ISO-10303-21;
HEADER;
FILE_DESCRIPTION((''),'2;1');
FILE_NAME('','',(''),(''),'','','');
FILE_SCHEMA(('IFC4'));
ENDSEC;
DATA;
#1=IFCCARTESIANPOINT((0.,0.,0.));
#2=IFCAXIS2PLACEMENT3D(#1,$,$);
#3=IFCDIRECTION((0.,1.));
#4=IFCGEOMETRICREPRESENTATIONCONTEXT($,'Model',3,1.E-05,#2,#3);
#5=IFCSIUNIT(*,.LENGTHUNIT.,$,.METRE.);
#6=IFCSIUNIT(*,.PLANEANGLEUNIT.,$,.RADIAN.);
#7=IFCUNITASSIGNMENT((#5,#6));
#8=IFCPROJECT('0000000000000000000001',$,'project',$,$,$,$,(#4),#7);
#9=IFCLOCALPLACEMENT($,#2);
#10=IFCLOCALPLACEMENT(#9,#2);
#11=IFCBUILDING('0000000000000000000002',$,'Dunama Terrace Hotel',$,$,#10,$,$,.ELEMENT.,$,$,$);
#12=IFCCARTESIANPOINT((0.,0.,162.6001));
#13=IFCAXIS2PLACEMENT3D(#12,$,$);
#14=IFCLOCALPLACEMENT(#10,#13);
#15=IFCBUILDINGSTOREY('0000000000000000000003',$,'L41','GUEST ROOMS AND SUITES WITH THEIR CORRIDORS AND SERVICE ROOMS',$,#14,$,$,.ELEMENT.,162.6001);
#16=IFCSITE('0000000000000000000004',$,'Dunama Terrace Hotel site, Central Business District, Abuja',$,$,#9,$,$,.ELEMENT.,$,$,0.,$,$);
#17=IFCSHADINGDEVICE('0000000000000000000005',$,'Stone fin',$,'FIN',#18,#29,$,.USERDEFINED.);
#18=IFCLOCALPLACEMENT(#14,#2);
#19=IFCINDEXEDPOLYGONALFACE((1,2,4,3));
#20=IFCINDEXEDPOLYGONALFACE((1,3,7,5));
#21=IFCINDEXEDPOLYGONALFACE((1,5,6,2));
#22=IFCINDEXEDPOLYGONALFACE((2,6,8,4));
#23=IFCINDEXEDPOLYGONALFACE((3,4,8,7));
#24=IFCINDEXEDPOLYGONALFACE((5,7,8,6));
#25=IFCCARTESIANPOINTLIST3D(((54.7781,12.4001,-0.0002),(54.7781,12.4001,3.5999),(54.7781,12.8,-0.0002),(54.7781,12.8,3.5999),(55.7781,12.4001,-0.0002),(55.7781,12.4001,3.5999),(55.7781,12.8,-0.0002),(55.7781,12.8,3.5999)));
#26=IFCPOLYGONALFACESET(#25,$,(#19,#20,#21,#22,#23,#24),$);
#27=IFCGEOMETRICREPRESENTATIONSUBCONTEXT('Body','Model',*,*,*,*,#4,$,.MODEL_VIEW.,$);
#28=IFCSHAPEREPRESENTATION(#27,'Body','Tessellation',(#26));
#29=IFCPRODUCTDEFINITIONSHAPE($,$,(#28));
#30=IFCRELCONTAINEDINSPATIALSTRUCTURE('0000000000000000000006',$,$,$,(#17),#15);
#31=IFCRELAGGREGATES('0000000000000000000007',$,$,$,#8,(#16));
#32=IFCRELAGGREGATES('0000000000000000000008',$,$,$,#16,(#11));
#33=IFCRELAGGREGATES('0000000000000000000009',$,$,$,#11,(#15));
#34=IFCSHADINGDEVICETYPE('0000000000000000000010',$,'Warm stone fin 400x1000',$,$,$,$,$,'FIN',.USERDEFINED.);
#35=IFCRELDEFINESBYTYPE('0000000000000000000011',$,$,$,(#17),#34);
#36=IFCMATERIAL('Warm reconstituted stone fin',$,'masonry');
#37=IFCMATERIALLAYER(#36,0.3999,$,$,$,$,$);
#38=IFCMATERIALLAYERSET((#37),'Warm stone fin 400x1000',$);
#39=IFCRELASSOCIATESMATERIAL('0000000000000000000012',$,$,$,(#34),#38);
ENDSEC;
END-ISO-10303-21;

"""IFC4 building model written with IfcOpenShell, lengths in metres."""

from ifc_helpers import new_model, si_unit, direction, frame, origin, origin_2d, place, context, subcontext, project, spatial, rectangle, extrude, material, layer, layer_set, type_object, element, save


model = new_model("IFC4")

# Units and contexts
model_context = context("Model", 3, precision=1e-05, world=origin(), true_north=direction((0.0, 1.0)))
body_context = subcontext(model_context, "Body", "Model", "MODEL_VIEW")
ifc_project = project(units=[si_unit("LENGTHUNIT", "METRE"), si_unit("PLANEANGLEUNIT", "RADIAN")], contexts=[model_context])

# Site, building, storey
site_placement = place(None, origin())
site = spatial("IfcSite", under=ifc_project, at=site_placement, Name="Dunama Terrace Hotel site, Central Business District, Abuja", CompositionType="ELEMENT", RefElevation=0.0)
building_placement = place(site_placement, origin())
building = spatial("IfcBuilding", under=site, at=building_placement, Name="Dunama Terrace Hotel", CompositionType="ELEMENT")
storey_placement = place(building_placement, frame((0.0, 0.0, 162.6001)))
storey = spatial("IfcBuildingStorey", under=building, at=storey_placement, Name="L41", Description="GUEST ROOMS AND SUITES WITH THEIR CORRIDORS AND SERVICE ROOMS", CompositionType="ELEMENT", Elevation=162.6001)

# Shading device
ifc_material_1 = material(Name="Warm reconstituted stone fin", Category="masonry")
ifc_layer_1 = layer(ifc_material_1, 0.3999)
ifc_layer_set_1 = layer_set([ifc_layer_1], Name="Warm stone fin 400x1000")
shading_device_type = type_object("IfcShadingDeviceType", Name="Warm stone fin 400x1000", ElementType="FIN", PredefinedType="USERDEFINED", material=ifc_layer_set_1)
for number, where, z_axis, x_axis, name in (
    (1, (55.2781, 12.6001, -0.0002), (0.0, 0.0, 1.0), (0.0, 1.0, 0.0), "Stone fin"),
):
    element("IfcShadingDevice", number, at=place(storey_placement, frame(where, z_axis=z_axis, x_axis=x_axis)), inside=storey, type_object=shading_device_type, Name=name, ObjectType="FIN", PredefinedType="USERDEFINED", context=body_context, shape_type="SweptSolid", body=[
        extrude(rectangle(XDim=0.3999, YDim=1.0, at=origin_2d()), origin(), (0.0, 0.0, 1.0), 3.6001),
    ])

save(model, "model.ifc")
